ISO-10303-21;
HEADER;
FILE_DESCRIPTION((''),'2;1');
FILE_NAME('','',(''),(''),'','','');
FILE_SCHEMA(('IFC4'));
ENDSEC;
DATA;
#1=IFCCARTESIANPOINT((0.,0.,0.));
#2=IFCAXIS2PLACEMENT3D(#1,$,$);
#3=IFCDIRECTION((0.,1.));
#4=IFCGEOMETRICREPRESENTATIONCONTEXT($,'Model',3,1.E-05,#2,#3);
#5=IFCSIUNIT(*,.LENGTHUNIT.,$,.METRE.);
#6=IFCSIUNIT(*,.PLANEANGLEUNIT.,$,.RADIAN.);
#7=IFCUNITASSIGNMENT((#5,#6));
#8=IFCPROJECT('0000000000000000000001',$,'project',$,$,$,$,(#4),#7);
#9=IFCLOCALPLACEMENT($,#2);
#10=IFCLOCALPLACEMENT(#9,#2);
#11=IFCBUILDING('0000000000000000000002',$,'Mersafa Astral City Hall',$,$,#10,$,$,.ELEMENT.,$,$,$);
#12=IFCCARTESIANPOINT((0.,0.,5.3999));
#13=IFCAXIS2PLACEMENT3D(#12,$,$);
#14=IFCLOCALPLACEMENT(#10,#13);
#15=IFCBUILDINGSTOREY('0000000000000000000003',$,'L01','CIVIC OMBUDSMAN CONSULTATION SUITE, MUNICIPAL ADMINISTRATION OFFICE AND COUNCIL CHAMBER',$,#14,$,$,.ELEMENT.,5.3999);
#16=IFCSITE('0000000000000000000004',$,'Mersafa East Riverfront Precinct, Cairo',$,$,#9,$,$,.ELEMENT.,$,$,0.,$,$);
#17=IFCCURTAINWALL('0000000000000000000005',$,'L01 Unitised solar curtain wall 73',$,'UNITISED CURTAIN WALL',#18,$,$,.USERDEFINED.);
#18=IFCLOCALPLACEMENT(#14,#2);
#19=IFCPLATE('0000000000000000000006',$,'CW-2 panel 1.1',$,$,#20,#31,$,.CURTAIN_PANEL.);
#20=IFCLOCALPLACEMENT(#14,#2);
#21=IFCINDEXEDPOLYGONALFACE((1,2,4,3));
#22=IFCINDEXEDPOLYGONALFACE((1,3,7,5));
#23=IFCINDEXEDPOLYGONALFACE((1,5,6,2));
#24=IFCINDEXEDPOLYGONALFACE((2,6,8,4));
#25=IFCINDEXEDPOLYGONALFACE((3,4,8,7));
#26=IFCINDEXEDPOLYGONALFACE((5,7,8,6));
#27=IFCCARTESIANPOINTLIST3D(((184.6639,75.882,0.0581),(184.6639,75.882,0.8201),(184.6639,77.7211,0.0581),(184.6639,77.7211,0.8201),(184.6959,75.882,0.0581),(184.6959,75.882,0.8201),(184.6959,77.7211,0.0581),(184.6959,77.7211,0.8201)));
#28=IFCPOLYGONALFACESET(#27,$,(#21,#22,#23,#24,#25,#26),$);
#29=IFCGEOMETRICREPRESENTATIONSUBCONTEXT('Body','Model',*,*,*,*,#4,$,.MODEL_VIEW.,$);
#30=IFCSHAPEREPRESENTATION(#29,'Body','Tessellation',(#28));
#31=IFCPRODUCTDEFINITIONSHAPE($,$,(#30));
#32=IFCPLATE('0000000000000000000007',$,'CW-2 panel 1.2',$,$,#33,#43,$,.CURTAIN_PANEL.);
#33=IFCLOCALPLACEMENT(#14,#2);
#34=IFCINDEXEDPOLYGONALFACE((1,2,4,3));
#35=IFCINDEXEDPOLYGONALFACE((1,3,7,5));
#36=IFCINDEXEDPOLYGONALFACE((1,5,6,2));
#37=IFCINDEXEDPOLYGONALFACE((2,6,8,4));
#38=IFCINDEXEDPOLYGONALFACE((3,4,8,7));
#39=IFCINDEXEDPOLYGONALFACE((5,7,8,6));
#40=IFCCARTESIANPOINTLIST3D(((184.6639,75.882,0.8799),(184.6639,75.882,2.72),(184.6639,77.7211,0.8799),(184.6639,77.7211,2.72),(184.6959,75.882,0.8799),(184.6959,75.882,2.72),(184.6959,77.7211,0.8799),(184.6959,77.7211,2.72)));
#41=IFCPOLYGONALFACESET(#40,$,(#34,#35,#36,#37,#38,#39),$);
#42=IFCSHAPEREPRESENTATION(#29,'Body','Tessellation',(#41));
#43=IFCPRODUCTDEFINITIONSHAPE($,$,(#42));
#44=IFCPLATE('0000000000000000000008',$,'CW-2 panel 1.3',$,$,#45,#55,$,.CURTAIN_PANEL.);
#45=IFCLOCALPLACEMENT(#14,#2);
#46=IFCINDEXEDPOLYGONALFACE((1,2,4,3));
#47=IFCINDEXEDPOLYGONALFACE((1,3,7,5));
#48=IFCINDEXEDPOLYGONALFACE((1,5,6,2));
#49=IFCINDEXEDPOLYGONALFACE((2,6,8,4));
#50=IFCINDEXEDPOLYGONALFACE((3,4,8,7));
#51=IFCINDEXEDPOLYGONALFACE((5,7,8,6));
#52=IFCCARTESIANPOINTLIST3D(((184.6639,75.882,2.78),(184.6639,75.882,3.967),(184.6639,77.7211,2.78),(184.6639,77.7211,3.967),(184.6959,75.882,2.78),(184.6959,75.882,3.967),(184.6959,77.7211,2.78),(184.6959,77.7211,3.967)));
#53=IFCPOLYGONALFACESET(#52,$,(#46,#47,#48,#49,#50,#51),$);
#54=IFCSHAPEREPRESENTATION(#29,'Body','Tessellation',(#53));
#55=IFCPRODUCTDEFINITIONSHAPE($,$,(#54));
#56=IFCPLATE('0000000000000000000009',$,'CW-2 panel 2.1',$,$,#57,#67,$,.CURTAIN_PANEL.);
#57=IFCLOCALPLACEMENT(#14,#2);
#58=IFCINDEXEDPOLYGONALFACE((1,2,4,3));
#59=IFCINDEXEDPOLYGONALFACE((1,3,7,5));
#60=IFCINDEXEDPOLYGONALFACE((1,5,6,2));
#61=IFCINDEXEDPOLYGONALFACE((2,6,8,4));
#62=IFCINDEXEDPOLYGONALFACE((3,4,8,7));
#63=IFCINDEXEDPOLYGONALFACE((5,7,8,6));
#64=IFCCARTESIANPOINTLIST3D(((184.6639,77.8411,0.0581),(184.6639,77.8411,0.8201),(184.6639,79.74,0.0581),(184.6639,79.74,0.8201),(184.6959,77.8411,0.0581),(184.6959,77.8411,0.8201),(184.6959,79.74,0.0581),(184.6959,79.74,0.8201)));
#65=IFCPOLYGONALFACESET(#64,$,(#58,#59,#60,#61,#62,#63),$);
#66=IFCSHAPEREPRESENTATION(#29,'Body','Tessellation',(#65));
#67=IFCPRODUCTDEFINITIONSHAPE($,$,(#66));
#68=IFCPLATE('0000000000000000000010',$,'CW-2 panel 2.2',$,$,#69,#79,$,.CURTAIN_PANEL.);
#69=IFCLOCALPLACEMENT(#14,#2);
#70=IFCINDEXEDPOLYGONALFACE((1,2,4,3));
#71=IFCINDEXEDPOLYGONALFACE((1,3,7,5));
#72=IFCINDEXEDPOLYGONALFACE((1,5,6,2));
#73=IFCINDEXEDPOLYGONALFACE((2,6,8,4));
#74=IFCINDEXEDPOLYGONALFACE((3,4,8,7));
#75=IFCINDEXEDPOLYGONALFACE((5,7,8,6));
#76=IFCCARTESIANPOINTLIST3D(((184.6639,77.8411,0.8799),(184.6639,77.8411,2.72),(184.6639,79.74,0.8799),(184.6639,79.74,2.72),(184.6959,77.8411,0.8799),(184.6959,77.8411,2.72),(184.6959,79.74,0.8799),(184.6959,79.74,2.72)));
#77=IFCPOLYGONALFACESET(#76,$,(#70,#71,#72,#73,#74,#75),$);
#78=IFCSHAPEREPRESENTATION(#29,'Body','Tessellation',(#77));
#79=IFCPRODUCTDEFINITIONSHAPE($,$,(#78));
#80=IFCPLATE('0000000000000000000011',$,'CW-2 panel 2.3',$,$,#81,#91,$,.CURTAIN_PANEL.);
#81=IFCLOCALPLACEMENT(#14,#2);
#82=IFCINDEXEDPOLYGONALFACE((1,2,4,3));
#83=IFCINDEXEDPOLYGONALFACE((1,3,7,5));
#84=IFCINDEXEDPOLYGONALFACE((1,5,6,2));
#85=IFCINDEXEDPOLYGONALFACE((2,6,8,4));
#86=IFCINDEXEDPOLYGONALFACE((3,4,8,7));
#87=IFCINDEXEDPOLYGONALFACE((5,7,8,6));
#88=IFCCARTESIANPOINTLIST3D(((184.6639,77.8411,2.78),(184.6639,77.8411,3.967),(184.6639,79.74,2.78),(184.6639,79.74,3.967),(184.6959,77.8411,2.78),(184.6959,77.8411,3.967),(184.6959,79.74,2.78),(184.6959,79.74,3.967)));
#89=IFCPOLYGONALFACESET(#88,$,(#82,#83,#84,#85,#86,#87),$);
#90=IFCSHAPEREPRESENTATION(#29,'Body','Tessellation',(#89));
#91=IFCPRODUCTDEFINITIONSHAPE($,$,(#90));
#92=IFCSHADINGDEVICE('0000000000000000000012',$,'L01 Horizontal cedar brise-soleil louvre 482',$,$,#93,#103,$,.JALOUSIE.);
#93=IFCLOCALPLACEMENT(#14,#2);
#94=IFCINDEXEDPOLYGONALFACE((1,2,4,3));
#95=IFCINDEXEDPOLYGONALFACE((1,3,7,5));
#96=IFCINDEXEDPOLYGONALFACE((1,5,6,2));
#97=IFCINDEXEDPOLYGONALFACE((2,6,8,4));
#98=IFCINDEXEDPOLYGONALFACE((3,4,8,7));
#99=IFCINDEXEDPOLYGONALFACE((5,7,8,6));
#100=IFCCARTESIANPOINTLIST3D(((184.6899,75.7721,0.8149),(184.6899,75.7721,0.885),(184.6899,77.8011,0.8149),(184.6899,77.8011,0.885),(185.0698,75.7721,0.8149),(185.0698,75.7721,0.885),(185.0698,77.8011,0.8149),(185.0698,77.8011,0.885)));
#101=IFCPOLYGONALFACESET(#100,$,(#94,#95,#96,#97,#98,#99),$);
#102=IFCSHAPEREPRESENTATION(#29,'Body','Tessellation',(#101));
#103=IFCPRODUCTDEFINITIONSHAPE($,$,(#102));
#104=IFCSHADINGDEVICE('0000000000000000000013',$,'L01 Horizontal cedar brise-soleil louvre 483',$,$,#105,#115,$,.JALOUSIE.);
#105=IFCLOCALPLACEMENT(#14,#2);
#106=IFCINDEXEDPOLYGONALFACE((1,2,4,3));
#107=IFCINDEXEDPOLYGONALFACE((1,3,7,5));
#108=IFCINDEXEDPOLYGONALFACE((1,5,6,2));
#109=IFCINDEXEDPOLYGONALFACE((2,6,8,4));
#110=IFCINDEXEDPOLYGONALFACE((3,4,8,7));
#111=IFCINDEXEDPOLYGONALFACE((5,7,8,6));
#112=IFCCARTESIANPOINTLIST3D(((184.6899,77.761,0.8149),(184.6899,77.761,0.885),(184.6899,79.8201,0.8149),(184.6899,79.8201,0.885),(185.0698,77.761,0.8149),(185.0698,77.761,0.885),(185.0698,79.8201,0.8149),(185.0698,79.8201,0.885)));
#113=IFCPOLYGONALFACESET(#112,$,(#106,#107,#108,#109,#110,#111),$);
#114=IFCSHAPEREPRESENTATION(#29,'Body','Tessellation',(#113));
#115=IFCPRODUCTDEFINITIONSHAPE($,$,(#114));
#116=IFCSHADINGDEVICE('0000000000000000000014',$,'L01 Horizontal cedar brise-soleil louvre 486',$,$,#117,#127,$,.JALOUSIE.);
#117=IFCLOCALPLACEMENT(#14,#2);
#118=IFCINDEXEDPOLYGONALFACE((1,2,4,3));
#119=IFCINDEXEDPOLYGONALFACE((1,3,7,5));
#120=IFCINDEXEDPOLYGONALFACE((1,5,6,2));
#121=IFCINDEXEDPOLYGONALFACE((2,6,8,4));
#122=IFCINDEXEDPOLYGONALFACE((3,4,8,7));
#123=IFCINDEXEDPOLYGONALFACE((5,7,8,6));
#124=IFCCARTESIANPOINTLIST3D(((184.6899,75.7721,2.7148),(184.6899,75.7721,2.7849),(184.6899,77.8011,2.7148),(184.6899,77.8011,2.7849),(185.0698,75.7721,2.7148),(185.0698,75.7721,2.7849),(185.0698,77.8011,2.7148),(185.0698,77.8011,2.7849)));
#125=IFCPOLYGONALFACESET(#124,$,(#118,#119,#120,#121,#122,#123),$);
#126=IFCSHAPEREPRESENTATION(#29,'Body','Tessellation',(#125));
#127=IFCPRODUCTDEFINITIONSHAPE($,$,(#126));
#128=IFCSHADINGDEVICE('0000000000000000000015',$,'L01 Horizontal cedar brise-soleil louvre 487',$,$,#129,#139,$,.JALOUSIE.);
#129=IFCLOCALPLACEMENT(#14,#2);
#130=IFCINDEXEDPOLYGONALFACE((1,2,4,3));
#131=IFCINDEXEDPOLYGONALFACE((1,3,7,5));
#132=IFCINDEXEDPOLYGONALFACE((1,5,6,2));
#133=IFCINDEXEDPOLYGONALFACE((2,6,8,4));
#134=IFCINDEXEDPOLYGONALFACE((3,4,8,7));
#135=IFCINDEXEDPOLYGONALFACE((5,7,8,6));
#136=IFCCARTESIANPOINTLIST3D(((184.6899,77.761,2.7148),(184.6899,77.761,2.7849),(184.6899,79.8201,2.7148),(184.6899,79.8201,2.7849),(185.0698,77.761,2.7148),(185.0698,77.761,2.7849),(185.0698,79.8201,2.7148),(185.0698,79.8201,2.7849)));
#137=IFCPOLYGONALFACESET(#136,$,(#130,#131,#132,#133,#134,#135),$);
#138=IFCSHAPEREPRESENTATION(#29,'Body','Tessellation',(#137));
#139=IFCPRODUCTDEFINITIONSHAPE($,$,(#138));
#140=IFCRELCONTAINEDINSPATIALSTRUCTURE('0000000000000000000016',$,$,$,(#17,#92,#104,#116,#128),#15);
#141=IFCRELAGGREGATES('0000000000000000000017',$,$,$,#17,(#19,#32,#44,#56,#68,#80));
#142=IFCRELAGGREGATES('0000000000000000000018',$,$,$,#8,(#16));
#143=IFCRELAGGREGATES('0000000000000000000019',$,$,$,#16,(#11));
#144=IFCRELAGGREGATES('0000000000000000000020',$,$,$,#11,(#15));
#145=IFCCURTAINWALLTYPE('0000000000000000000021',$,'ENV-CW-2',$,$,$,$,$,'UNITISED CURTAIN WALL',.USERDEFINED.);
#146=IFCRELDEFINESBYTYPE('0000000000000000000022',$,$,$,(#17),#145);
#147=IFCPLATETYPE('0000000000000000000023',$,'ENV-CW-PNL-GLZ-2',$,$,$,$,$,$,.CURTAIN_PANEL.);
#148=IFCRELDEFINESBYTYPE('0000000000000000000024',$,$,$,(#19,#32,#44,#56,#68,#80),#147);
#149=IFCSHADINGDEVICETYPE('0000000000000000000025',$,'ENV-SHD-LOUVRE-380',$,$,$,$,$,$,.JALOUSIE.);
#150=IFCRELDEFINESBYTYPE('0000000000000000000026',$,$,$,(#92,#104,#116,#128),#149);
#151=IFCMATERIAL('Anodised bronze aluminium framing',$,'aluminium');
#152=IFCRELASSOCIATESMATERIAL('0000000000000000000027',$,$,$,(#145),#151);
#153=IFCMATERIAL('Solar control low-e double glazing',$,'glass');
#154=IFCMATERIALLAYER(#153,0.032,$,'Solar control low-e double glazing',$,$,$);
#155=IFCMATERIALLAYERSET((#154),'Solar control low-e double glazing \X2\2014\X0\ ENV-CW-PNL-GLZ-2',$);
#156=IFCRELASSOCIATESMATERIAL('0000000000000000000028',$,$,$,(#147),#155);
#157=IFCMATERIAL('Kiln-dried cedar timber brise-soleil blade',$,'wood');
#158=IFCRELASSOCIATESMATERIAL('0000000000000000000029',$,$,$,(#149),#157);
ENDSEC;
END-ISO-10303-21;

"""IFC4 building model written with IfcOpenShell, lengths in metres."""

from ifc_helpers import new_model, si_unit, direction, frame, origin, origin_2d, place, context, subcontext, project, spatial, rectangle, extrude, material, layer, layer_set, type_object, element, aggregate, save


model = new_model("IFC4")

# Units and contexts
model_context = context("Model", 3, precision=1e-05, world=origin(), true_north=direction((0.0, 1.0)))
body_context = subcontext(model_context, "Body", "Model", "MODEL_VIEW")
ifc_project = project(units=[si_unit("LENGTHUNIT", "METRE"), si_unit("PLANEANGLEUNIT", "RADIAN")], contexts=[model_context])

# Site, building, storey
site_placement = place(None, origin())
site = spatial("IfcSite", under=ifc_project, at=site_placement, Name="Mersafa East Riverfront Precinct, Cairo", CompositionType="ELEMENT", RefElevation=0.0)
building_placement = place(site_placement, origin())
building = spatial("IfcBuilding", under=site, at=building_placement, Name="Mersafa Astral City Hall", CompositionType="ELEMENT")
storey_placement = place(building_placement, frame((0.0, 0.0, 5.3999)))
storey = spatial("IfcBuildingStorey", under=building, at=storey_placement, Name="L01", Description="CIVIC OMBUDSMAN CONSULTATION SUITE, MUNICIPAL ADMINISTRATION OFFICE AND COUNCIL CHAMBER", CompositionType="ELEMENT", Elevation=5.3999)

# Curtain wall
ifc_material_1 = material(Name="Anodised bronze aluminium framing", Category="aluminium")
curtain_wall_type = type_object("IfcCurtainWallType", Name="ENV-CW-2", ElementType="UNITISED CURTAIN WALL", PredefinedType="USERDEFINED", material=ifc_material_1)
curtain_wall_placement = place(storey_placement, origin())
curtain_wall = element("IfcCurtainWall", 1, at=curtain_wall_placement, inside=storey, type_object=curtain_wall_type, Name="L01 Unitised solar curtain wall 73", ObjectType="UNITISED CURTAIN WALL", PredefinedType="USERDEFINED")

# Plates
ifc_material_2 = material(Name="Solar control low-e double glazing", Category="glass")
ifc_layer = layer(ifc_material_2, 0.032, Name="Solar control low-e double glazing")
ifc_layer_set = layer_set([ifc_layer], Name="Solar control low-e double glazing — ENV-CW-PNL-GLZ-2")
plate_type = type_object("IfcPlateType", Name="ENV-CW-PNL-GLZ-2", PredefinedType="CURTAIN_PANEL", material=ifc_layer_set)
plate_1_placement = place(storey_placement, frame((184.6799, 76.8015, 0.0581), z_axis=(0.0, 0.0, 1.0), x_axis=(0.0, 1.0, 0.0)))
plate_1 = element("IfcPlate", 2, at=plate_1_placement, type_object=plate_type, Name="CW-2 panel 1.1", PredefinedType="CURTAIN_PANEL", context=body_context, shape_type="SweptSolid", body=[
    extrude(rectangle(XDim=1.8391, YDim=0.032, at=origin_2d()), origin(), (0.0, 0.0, 1.0), 0.762),
])
plate_2_placement = place(storey_placement, frame((184.6799, 76.8015, 0.8799), z_axis=(0.0, 0.0, 1.0), x_axis=(0.0, 1.0, 0.0)))
plate_2 = element("IfcPlate", 3, at=plate_2_placement, type_object=plate_type, Name="CW-2 panel 1.2", PredefinedType="CURTAIN_PANEL", context=body_context, shape_type="SweptSolid", body=[
    extrude(rectangle(XDim=1.8391, YDim=0.032, at=origin_2d()), origin(), (0.0, 0.0, 1.0), 1.8401),
])
plate_3_placement = place(storey_placement, frame((184.6799, 76.8015, 2.78), z_axis=(0.0, 0.0, 1.0), x_axis=(0.0, 1.0, 0.0)))
plate_3 = element("IfcPlate", 4, at=plate_3_placement, type_object=plate_type, Name="CW-2 panel 1.3", PredefinedType="CURTAIN_PANEL", context=body_context, shape_type="SweptSolid", body=[
    extrude(rectangle(XDim=1.8391, YDim=0.032, at=origin_2d()), origin(), (0.0, 0.0, 1.0), 1.187),
])
plate_4_placement = place(storey_placement, frame((184.6799, 78.7905, 0.0581), z_axis=(0.0, 0.0, 1.0), x_axis=(0.0, 1.0, 0.0)))
plate_4 = element("IfcPlate", 5, at=plate_4_placement, type_object=plate_type, Name="CW-2 panel 2.1", PredefinedType="CURTAIN_PANEL", context=body_context, shape_type="SweptSolid", body=[
    extrude(rectangle(XDim=1.8989, YDim=0.032, at=origin_2d()), origin(), (0.0, 0.0, 1.0), 0.762),
])
plate_5_placement = place(storey_placement, frame((184.6799, 78.7905, 0.8799), z_axis=(0.0, 0.0, 1.0), x_axis=(0.0, 1.0, 0.0)))
plate_5 = element("IfcPlate", 6, at=plate_5_placement, type_object=plate_type, Name="CW-2 panel 2.2", PredefinedType="CURTAIN_PANEL", context=body_context, shape_type="SweptSolid", body=[
    extrude(rectangle(XDim=1.8989, YDim=0.032, at=origin_2d()), origin(), (0.0, 0.0, 1.0), 1.8401),
])
plate_6_placement = place(storey_placement, frame((184.6799, 78.7905, 2.78), z_axis=(0.0, 0.0, 1.0), x_axis=(0.0, 1.0, 0.0)))
plate_6 = element("IfcPlate", 7, at=plate_6_placement, type_object=plate_type, Name="CW-2 panel 2.3", PredefinedType="CURTAIN_PANEL", context=body_context, shape_type="SweptSolid", body=[
    extrude(rectangle(XDim=1.8989, YDim=0.032, at=origin_2d()), origin(), (0.0, 0.0, 1.0), 1.187),
])
aggregate(curtain_wall, [plate_1, plate_2, plate_3, plate_4, plate_5, plate_6])

# Shading devices
ifc_material_3 = material(Name="Kiln-dried cedar timber brise-soleil blade", Category="wood")
shading_device_type = type_object("IfcShadingDeviceType", Name="ENV-SHD-LOUVRE-380", PredefinedType="JALOUSIE", material=ifc_material_3)
shading_device_1_placement = place(storey_placement, frame((184.8799, 76.7866, 0.8149), z_axis=(0.0, 0.0, 1.0), x_axis=(0.0, 1.0, 0.0)))
element("IfcShadingDevice", 8, at=shading_device_1_placement, inside=storey, type_object=shading_device_type, Name="L01 Horizontal cedar brise-soleil louvre 482", PredefinedType="JALOUSIE", context=body_context, shape_type="SweptSolid", body=[
    extrude(rectangle(XDim=2.0291, YDim=0.3799, at=origin_2d()), origin(), (0.0, 0.0, 1.0), 0.0701),
])
shading_device_2_placement = place(storey_placement, frame((184.8799, 78.7905, 0.8149), z_axis=(0.0, 0.0, 1.0), x_axis=(0.0, 1.0, 0.0)))
element("IfcShadingDevice", 9, at=shading_device_2_placement, inside=storey, type_object=shading_device_type, Name="L01 Horizontal cedar brise-soleil louvre 483", PredefinedType="JALOUSIE", context=body_context, shape_type="SweptSolid", body=[
    extrude(rectangle(XDim=2.0591, YDim=0.3799, at=origin_2d()), origin(), (0.0, 0.0, 1.0), 0.0701),
])
shading_device_3_placement = place(storey_placement, frame((184.8799, 76.7866, 2.7148), z_axis=(0.0, 0.0, 1.0), x_axis=(0.0, 1.0, 0.0)))
element("IfcShadingDevice", 10, at=shading_device_3_placement, inside=storey, type_object=shading_device_type, Name="L01 Horizontal cedar brise-soleil louvre 486", PredefinedType="JALOUSIE", context=body_context, shape_type="SweptSolid", body=[
    extrude(rectangle(XDim=2.0291, YDim=0.3799, at=origin_2d()), origin(), (0.0, 0.0, 1.0), 0.0701),
])
shading_device_4_placement = place(storey_placement, frame((184.8799, 78.7905, 2.7148), z_axis=(0.0, 0.0, 1.0), x_axis=(0.0, 1.0, 0.0)))
element("IfcShadingDevice", 11, at=shading_device_4_placement, inside=storey, type_object=shading_device_type, Name="L01 Horizontal cedar brise-soleil louvre 487", PredefinedType="JALOUSIE", context=body_context, shape_type="SweptSolid", body=[
    extrude(rectangle(XDim=2.0591, YDim=0.3799, at=origin_2d()), origin(), (0.0, 0.0, 1.0), 0.0701),
])

save(model, "model.ifc")
